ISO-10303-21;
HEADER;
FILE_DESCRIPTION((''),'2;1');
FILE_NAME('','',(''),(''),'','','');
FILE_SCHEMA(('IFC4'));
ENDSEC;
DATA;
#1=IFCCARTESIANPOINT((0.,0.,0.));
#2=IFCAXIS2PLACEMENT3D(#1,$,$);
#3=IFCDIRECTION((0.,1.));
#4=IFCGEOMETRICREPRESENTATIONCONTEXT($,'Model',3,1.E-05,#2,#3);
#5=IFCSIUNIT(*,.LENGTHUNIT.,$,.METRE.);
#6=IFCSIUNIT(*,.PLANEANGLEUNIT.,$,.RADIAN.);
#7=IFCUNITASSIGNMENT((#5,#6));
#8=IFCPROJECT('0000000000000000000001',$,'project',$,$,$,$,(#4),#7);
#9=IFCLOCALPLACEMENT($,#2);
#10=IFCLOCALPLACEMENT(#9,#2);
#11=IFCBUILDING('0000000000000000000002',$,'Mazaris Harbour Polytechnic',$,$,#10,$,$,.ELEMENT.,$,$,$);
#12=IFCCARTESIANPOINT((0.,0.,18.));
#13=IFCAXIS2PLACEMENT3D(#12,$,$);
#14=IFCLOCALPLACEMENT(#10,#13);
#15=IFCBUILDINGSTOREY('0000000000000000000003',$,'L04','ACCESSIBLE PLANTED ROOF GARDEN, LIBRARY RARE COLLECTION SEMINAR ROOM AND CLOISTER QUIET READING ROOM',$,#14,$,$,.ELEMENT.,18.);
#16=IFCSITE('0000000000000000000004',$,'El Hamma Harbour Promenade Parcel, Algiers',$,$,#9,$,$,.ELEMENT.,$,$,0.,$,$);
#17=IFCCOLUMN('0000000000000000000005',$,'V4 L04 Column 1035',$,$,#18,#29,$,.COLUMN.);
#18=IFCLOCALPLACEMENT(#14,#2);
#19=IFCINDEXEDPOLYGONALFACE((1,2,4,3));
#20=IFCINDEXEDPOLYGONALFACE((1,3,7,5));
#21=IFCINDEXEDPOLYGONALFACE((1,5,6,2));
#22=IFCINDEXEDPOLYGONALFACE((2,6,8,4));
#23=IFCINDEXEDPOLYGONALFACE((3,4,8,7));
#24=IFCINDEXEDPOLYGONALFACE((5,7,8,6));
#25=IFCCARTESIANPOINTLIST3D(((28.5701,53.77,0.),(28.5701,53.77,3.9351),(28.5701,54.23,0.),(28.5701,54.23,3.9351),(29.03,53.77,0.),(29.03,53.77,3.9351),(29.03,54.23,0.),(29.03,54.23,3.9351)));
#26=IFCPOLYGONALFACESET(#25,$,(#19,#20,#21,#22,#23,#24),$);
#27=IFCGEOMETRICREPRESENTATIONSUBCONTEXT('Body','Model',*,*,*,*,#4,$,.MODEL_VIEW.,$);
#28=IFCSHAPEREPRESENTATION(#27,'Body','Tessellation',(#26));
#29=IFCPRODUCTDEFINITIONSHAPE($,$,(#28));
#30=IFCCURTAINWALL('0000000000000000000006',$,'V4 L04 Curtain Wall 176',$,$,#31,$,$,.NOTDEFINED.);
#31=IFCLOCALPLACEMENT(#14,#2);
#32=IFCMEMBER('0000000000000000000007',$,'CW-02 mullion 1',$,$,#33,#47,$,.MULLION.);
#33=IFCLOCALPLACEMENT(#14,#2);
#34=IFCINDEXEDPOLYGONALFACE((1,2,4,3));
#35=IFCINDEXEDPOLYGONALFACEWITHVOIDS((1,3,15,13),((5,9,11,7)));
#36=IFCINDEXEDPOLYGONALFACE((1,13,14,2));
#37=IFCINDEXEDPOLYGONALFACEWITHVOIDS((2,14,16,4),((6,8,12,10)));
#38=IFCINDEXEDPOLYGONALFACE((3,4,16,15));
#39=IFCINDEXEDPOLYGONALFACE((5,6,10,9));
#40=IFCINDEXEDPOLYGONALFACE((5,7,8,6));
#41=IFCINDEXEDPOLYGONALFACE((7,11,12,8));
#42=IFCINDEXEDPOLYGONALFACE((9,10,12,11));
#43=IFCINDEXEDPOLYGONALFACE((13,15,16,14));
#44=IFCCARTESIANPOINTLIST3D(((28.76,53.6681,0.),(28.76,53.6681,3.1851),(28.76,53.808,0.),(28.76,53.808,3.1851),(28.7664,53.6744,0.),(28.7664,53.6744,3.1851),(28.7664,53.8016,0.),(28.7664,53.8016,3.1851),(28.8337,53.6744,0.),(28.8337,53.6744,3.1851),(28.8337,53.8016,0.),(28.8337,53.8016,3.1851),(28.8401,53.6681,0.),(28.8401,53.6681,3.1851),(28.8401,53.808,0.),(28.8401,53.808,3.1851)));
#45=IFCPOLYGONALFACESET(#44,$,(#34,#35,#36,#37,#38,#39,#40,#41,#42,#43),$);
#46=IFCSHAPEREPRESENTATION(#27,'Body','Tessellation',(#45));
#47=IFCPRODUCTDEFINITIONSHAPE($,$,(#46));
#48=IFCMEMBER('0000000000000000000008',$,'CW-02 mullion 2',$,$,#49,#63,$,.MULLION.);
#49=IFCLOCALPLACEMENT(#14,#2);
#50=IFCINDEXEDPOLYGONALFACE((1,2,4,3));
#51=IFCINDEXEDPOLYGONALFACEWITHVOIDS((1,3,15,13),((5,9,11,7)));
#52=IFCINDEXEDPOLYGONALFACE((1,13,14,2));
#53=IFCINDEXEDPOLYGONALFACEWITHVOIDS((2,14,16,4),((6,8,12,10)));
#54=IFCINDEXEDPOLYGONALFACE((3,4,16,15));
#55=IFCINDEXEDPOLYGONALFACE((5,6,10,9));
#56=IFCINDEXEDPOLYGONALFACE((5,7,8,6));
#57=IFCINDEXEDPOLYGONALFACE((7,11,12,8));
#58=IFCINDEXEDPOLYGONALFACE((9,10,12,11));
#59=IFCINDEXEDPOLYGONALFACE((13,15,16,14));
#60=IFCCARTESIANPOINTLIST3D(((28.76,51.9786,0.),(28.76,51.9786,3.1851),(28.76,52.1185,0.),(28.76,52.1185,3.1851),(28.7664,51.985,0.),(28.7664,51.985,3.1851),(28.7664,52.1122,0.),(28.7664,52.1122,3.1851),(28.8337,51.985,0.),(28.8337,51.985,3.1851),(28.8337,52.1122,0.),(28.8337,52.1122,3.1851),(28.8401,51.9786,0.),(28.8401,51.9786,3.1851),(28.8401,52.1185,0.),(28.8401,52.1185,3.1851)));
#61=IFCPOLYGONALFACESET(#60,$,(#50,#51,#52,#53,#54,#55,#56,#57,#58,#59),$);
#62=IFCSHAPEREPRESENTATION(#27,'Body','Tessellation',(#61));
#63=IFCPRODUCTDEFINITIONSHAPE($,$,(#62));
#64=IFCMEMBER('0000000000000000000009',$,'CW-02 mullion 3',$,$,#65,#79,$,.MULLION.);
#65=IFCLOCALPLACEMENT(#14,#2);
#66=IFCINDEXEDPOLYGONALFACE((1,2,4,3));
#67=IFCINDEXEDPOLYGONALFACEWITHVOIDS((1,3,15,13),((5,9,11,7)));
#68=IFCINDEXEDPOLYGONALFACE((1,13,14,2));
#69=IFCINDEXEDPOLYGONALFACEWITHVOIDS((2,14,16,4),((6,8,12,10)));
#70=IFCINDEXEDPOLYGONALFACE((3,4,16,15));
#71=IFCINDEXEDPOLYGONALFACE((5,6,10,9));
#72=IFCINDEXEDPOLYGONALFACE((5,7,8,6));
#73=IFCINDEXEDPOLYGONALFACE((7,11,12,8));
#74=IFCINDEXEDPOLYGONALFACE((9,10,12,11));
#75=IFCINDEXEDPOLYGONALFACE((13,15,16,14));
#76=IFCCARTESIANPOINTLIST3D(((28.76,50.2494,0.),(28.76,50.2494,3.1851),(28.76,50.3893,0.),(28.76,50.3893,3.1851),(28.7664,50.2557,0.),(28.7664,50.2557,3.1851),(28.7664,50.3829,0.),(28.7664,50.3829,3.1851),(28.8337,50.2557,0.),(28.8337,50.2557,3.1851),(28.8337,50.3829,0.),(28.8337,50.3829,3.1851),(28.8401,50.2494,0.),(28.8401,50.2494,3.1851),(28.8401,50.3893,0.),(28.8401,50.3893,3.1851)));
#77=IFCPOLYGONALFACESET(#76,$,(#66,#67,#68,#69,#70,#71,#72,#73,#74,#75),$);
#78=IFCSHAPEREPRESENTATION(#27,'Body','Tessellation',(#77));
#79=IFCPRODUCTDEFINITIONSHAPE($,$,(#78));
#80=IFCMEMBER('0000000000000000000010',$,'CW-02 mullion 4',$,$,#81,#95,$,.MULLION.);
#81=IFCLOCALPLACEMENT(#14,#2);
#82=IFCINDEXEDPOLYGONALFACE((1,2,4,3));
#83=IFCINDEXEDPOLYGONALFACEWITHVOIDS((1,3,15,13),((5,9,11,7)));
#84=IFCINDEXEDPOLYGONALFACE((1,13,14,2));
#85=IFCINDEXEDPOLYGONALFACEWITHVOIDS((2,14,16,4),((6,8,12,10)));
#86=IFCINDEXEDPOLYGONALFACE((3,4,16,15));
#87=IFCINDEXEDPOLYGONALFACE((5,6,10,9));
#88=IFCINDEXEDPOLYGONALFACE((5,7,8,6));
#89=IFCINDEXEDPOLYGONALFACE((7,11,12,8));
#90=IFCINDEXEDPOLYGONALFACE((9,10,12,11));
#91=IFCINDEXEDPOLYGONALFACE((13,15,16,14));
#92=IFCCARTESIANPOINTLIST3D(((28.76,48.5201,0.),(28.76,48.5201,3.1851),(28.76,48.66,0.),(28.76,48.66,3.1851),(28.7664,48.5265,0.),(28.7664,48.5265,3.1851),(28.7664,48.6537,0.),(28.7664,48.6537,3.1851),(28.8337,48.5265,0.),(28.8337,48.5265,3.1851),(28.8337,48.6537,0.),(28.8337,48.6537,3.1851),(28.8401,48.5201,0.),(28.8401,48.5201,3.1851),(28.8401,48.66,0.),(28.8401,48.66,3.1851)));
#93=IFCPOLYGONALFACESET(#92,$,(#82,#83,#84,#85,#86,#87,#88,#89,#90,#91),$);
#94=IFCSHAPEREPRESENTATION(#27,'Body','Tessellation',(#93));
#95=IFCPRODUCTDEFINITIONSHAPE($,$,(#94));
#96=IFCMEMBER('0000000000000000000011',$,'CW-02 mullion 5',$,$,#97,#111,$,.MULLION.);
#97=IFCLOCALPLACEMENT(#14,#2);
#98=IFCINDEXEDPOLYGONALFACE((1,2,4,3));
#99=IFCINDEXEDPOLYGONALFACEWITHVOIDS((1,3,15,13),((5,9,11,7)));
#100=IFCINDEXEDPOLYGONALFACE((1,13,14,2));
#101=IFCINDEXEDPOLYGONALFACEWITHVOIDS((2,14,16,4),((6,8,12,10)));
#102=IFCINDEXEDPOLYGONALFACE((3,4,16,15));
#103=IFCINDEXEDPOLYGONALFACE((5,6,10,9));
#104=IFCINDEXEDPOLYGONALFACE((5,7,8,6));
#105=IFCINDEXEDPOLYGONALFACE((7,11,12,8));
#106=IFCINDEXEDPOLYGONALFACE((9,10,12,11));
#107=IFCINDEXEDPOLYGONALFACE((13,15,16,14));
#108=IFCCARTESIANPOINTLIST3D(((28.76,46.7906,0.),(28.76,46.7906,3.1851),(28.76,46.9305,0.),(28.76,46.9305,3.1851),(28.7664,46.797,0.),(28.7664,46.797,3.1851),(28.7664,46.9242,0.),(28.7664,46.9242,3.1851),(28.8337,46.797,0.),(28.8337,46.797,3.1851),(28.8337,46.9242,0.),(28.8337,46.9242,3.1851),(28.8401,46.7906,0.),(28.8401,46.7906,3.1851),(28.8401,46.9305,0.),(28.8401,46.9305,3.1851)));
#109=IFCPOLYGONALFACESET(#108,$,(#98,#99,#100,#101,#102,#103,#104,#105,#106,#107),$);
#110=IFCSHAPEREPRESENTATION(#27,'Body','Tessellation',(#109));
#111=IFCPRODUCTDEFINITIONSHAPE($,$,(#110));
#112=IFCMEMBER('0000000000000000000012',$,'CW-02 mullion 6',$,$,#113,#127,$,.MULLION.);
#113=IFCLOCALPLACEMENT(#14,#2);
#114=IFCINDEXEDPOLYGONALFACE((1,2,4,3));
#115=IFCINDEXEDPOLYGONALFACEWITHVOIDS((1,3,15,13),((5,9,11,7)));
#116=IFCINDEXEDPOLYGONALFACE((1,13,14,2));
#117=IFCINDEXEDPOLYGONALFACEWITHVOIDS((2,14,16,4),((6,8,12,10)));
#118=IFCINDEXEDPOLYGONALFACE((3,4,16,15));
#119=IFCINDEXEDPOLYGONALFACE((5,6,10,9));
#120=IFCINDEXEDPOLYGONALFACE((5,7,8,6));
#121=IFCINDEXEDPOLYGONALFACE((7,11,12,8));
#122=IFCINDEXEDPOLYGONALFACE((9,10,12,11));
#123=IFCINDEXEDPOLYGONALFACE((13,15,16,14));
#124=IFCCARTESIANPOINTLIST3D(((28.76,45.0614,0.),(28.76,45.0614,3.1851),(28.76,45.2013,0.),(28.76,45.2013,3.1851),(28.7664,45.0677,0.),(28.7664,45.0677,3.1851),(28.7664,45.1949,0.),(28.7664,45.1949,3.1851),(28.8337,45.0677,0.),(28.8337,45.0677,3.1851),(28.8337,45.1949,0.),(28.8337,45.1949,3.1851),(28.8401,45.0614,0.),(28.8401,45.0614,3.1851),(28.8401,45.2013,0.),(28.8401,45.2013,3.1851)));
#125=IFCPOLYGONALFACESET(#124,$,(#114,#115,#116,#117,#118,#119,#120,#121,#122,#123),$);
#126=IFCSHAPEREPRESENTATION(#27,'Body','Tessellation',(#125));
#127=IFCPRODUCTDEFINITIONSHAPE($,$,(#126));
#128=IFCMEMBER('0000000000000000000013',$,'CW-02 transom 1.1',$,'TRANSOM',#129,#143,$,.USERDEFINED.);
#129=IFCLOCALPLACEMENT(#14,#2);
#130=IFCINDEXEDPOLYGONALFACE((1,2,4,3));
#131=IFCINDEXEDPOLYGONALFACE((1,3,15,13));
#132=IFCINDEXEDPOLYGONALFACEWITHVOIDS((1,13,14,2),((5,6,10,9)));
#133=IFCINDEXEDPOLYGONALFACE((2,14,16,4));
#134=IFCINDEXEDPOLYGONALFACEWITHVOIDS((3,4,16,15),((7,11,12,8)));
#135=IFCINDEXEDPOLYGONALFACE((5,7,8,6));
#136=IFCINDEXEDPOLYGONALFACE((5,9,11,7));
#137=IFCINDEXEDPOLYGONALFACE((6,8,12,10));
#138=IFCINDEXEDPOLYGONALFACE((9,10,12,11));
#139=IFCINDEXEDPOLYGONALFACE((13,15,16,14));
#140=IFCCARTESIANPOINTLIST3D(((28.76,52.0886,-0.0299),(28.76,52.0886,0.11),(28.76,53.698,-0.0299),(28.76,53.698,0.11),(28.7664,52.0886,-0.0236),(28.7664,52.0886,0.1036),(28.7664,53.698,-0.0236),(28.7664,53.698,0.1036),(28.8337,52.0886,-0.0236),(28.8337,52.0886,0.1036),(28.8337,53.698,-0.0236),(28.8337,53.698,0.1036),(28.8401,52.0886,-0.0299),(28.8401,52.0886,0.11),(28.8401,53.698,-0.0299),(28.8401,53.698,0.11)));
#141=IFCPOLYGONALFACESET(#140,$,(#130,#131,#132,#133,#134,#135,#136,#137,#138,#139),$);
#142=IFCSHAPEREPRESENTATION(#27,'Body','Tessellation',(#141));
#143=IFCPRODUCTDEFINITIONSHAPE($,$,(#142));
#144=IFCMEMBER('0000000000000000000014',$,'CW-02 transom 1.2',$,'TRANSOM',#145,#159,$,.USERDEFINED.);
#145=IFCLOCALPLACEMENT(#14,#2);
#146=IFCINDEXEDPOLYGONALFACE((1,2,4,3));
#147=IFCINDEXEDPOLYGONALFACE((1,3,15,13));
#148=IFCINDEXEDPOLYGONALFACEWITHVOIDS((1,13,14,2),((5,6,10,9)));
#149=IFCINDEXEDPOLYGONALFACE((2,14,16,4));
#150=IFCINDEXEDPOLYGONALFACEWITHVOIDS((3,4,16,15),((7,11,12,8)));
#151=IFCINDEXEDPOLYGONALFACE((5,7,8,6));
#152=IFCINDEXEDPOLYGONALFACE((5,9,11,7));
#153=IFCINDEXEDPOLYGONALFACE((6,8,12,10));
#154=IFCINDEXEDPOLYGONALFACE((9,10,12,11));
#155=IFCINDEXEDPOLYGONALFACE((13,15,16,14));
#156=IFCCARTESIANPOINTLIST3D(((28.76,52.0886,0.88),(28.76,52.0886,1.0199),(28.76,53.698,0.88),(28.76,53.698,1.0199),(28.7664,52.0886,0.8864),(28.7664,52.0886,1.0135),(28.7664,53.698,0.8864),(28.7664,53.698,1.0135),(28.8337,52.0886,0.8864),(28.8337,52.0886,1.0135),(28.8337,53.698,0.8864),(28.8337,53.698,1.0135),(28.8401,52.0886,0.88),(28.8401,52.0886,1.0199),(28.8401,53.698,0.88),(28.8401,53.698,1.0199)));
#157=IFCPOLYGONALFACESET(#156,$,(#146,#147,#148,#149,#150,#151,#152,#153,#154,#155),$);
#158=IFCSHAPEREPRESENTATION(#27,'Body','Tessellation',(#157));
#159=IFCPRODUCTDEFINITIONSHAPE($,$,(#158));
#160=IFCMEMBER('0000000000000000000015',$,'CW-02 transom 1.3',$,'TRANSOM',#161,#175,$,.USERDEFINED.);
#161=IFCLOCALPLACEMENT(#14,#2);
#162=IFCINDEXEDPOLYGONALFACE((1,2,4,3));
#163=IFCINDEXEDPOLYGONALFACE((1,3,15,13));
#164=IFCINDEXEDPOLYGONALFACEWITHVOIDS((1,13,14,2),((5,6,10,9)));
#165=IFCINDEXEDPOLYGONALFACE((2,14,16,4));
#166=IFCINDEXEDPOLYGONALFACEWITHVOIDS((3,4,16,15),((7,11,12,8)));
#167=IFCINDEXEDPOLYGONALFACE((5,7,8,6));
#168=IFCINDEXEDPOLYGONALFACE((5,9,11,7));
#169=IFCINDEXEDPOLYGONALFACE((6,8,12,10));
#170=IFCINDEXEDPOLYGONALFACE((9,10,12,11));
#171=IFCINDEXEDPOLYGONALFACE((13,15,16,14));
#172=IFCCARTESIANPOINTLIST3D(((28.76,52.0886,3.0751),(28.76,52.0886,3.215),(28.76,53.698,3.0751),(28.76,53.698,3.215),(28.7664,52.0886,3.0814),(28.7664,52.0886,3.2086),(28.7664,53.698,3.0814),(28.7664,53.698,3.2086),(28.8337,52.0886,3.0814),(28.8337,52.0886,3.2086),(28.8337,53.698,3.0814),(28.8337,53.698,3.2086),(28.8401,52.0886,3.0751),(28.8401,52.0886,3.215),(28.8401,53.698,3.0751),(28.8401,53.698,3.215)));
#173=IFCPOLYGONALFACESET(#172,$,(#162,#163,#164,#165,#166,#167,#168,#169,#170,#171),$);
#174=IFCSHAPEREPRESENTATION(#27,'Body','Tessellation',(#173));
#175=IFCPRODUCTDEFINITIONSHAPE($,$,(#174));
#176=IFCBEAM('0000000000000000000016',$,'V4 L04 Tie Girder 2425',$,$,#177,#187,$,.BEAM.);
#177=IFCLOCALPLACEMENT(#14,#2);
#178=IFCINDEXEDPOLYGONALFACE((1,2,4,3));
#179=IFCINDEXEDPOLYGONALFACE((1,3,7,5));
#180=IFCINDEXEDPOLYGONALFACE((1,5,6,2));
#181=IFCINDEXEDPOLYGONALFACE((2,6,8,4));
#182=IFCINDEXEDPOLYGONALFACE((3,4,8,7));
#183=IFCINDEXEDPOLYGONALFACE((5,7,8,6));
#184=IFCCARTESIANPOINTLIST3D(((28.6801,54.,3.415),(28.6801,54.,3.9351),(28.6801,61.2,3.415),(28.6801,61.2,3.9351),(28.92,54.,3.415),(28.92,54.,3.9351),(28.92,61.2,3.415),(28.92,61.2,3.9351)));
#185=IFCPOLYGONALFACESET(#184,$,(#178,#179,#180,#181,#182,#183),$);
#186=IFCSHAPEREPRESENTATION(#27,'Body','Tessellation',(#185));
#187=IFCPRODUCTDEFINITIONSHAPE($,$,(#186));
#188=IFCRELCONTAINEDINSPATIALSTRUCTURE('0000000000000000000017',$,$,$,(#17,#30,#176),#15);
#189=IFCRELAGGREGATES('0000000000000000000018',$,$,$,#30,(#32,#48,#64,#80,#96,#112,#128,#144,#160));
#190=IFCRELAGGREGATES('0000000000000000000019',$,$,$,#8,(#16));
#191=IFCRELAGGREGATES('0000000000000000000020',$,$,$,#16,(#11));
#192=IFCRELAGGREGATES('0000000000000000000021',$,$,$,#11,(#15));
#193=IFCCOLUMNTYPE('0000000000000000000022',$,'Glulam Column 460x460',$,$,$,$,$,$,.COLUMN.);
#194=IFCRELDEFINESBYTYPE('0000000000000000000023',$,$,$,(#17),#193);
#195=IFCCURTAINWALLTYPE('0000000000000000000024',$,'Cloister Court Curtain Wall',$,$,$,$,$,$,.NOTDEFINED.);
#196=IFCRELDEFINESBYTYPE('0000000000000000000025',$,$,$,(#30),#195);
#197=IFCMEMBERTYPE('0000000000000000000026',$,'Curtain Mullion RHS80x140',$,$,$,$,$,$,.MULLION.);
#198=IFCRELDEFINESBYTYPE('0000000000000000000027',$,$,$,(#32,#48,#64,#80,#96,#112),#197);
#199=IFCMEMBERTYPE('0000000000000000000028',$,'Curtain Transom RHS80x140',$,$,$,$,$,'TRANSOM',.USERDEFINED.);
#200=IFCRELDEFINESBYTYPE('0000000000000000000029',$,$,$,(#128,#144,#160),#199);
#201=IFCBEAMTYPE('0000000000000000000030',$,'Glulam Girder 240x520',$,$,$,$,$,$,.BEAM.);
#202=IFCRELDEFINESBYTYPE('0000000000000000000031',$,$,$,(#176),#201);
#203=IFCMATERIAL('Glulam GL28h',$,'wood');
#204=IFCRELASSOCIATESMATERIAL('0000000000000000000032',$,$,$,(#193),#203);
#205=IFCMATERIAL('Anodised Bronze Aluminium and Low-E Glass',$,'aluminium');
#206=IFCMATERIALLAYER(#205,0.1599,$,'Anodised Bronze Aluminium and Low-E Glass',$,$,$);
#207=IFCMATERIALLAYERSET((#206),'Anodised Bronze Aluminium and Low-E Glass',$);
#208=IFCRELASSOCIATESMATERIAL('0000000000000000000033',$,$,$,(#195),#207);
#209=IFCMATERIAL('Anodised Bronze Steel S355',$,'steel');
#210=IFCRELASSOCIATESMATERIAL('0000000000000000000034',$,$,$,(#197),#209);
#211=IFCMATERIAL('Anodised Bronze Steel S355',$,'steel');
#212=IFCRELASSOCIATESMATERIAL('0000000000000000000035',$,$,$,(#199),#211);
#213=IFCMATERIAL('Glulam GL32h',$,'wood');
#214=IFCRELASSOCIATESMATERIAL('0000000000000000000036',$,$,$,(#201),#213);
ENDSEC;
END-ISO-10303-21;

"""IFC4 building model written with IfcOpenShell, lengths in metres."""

from ifc_helpers import new_model, si_unit, direction, frame, origin, origin_2d, place, context, subcontext, project, spatial, rectangle, hollow_rectangle, extrude, material, layer, layer_set, material_profile, profile_set, type_object, element, aggregate, save


model = new_model("IFC4")

# Units and contexts
model_context = context("Model", 3, precision=1e-05, world=origin(), true_north=direction((0.0, 1.0)))
body_context = subcontext(model_context, "Body", "Model", "MODEL_VIEW")
ifc_project = project(units=[si_unit("LENGTHUNIT", "METRE"), si_unit("PLANEANGLEUNIT", "RADIAN")], contexts=[model_context])

# Site, building, storey
site_placement = place(None, origin())
site = spatial("IfcSite", under=ifc_project, at=site_placement, Name="El Hamma Harbour Promenade Parcel, Algiers", CompositionType="ELEMENT", RefElevation=0.0)
building_placement = place(site_placement, origin())
building = spatial("IfcBuilding", under=site, at=building_placement, Name="Mazaris Harbour Polytechnic", CompositionType="ELEMENT")
storey_placement = place(building_placement, frame((0.0, 0.0, 18.0)))
storey = spatial("IfcBuildingStorey", under=building, at=storey_placement, Name="L04", Description="ACCESSIBLE PLANTED ROOF GARDEN, LIBRARY RARE COLLECTION SEMINAR ROOM AND CLOISTER QUIET READING ROOM", CompositionType="ELEMENT", Elevation=18.0)

# Column
ifc_material_1 = material(Name="Glulam GL28h", Category="wood")
ifc_material_profile_1 = material_profile(ifc_material_1, rectangle(XDim=0.46, YDim=0.46, at=origin_2d()), Name="RECT460x460")
ifc_profile_set_1 = profile_set([ifc_material_profile_1], Name="Glulam GL28h")
column_type = type_object("IfcColumnType", Name="Glulam Column 460x460", PredefinedType="COLUMN", material=ifc_profile_set_1)
column_placement = place(storey_placement, frame((28.8, 54.0, 0.0), z_axis=(0.0, 0.0, 1.0), x_axis=(1.0, 0.0, 0.0)))
element("IfcColumn", 1, at=column_placement, inside=storey, type_object=column_type, Name="V4 L04 Column 1035", PredefinedType="COLUMN", context=body_context, shape_type="SweptSolid", body=[
    extrude(rectangle(XDim=0.46, YDim=0.46, at=origin_2d()), origin(), (0.0, 0.0, 1.0), 3.9351),
])

# Curtain wall, members
ifc_material_2 = material(Name="Anodised Bronze Aluminium and Low-E Glass", Category="aluminium")
ifc_layer = layer(ifc_material_2, 0.1599, Name="Anodised Bronze Aluminium and Low-E Glass")
ifc_layer_set = layer_set([ifc_layer], Name="Anodised Bronze Aluminium and Low-E Glass")
curtain_wall_type = type_object("IfcCurtainWallType", Name="Cloister Court Curtain Wall", PredefinedType="NOTDEFINED", material=ifc_layer_set)
curtain_wall_placement = place(storey_placement, origin())
curtain_wall = element("IfcCurtainWall", 2, at=curtain_wall_placement, inside=storey, type_object=curtain_wall_type, Name="V4 L04 Curtain Wall 176", PredefinedType="NOTDEFINED")
ifc_material_3 = material(Name="Anodised Bronze Steel S355", Category="steel")
ifc_material_profile_2 = material_profile(ifc_material_3, hollow_rectangle(XDim=0.0801, YDim=0.1399, WallThickness=0.0063, at=origin_2d()), Name="RHS 80x140x6.3")
ifc_profile_set_2 = profile_set([ifc_material_profile_2], Name="Anodised Bronze Steel S355")
member_type_1 = type_object("IfcMemberType", Name="Curtain Mullion RHS80x140", PredefinedType="MULLION", material=ifc_profile_set_2)
member_1_placement = place(storey_placement, frame((28.8, 53.738, 0.0), z_axis=(0.0, 0.0, 1.0), x_axis=(1.0, 0.0, 0.0)))
member_1 = element("IfcMember", 3, at=member_1_placement, type_object=member_type_1, Name="CW-02 mullion 1", PredefinedType="MULLION", context=body_context, shape_type="SweptSolid", body=[
    extrude(hollow_rectangle(XDim=0.0801, YDim=0.1399, WallThickness=0.0063, at=origin_2d()), origin(), (0.0, 0.0, 1.0), 3.1851),
])
member_2_placement = place(storey_placement, frame((28.8, 52.0486, 0.0), z_axis=(0.0, 0.0, 1.0), x_axis=(1.0, 0.0, 0.0)))
member_2 = element("IfcMember", 4, at=member_2_placement, type_object=member_type_1, Name="CW-02 mullion 2", PredefinedType="MULLION", context=body_context, shape_type="SweptSolid", body=[
    extrude(hollow_rectangle(XDim=0.0801, YDim=0.1399, WallThickness=0.0063, at=origin_2d()), origin(), (0.0, 0.0, 1.0), 3.1851),
])
member_3_placement = place(storey_placement, frame((28.8, 50.3193, 0.0), z_axis=(0.0, 0.0, 1.0), x_axis=(1.0, 0.0, 0.0)))
member_3 = element("IfcMember", 5, at=member_3_placement, type_object=member_type_1, Name="CW-02 mullion 3", PredefinedType="MULLION", context=body_context, shape_type="SweptSolid", body=[
    extrude(hollow_rectangle(XDim=0.0801, YDim=0.1399, WallThickness=0.0063, at=origin_2d()), origin(), (0.0, 0.0, 1.0), 3.1851),
])
member_4_placement = place(storey_placement, frame((28.8, 48.5901, 0.0), z_axis=(0.0, 0.0, 1.0), x_axis=(1.0, 0.0, 0.0)))
member_4 = element("IfcMember", 6, at=member_4_placement, type_object=member_type_1, Name="CW-02 mullion 4", PredefinedType="MULLION", context=body_context, shape_type="SweptSolid", body=[
    extrude(hollow_rectangle(XDim=0.0801, YDim=0.1399, WallThickness=0.0063, at=origin_2d()), origin(), (0.0, 0.0, 1.0), 3.1851),
])
member_5_placement = place(storey_placement, frame((28.8, 46.8606, 0.0), z_axis=(0.0, 0.0, 1.0), x_axis=(1.0, 0.0, 0.0)))
member_5 = element("IfcMember", 7, at=member_5_placement, type_object=member_type_1, Name="CW-02 mullion 5", PredefinedType="MULLION", context=body_context, shape_type="SweptSolid", body=[
    extrude(hollow_rectangle(XDim=0.0801, YDim=0.1399, WallThickness=0.0063, at=origin_2d()), origin(), (0.0, 0.0, 1.0), 3.1851),
])
member_6_placement = place(storey_placement, frame((28.8, 45.1313, 0.0), z_axis=(0.0, 0.0, 1.0), x_axis=(1.0, 0.0, 0.0)))
member_6 = element("IfcMember", 8, at=member_6_placement, type_object=member_type_1, Name="CW-02 mullion 6", PredefinedType="MULLION", context=body_context, shape_type="SweptSolid", body=[
    extrude(hollow_rectangle(XDim=0.0801, YDim=0.1399, WallThickness=0.0063, at=origin_2d()), origin(), (0.0, 0.0, 1.0), 3.1851),
])
ifc_material_4 = material(Name="Anodised Bronze Steel S355", Category="steel")
ifc_material_profile_3 = material_profile(ifc_material_4, hollow_rectangle(XDim=0.0801, YDim=0.1399, WallThickness=0.0063, at=origin_2d()), Name="RHS 80x140x6.3")
ifc_profile_set_3 = profile_set([ifc_material_profile_3], Name="Anodised Bronze Steel S355")
member_type_2 = type_object("IfcMemberType", Name="Curtain Transom RHS80x140", ElementType="TRANSOM", PredefinedType="USERDEFINED", material=ifc_profile_set_3)
member_7_placement = place(storey_placement, frame((28.8, 53.698, 0.04), z_axis=(0.0, -1.0, 0.0), x_axis=(1.0, 0.0, 0.0)))
member_7 = element("IfcMember", 9, at=member_7_placement, type_object=member_type_2, Name="CW-02 transom 1.1", ObjectType="TRANSOM", PredefinedType="USERDEFINED", context=body_context, shape_type="SweptSolid", body=[
    extrude(hollow_rectangle(XDim=0.0801, YDim=0.1399, WallThickness=0.0063, at=origin_2d()), origin(), (0.0, 0.0, 1.0), 1.6094),
])
member_8_placement = place(storey_placement, frame((28.8, 53.698, 0.95), z_axis=(0.0, -1.0, 0.0), x_axis=(1.0, 0.0, 0.0)))
member_8 = element("IfcMember", 10, at=member_8_placement, type_object=member_type_2, Name="CW-02 transom 1.2", ObjectType="TRANSOM", PredefinedType="USERDEFINED", context=body_context, shape_type="SweptSolid", body=[
    extrude(hollow_rectangle(XDim=0.0801, YDim=0.1399, WallThickness=0.0063, at=origin_2d()), origin(), (0.0, 0.0, 1.0), 1.6094),
])
member_9_placement = place(storey_placement, frame((28.8, 53.698, 3.145), z_axis=(0.0, -1.0, 0.0), x_axis=(1.0, 0.0, 0.0)))
member_9 = element("IfcMember", 11, at=member_9_placement, type_object=member_type_2, Name="CW-02 transom 1.3", ObjectType="TRANSOM", PredefinedType="USERDEFINED", context=body_context, shape_type="SweptSolid", body=[
    extrude(hollow_rectangle(XDim=0.0801, YDim=0.1399, WallThickness=0.0063, at=origin_2d()), origin(), (0.0, 0.0, 1.0), 1.6094),
])
aggregate(curtain_wall, [member_1, member_2, member_3, member_4, member_5, member_6, member_7, member_8, member_9])

# Beam
ifc_material_5 = material(Name="Glulam GL32h", Category="wood")
ifc_material_profile_4 = material_profile(ifc_material_5, rectangle(XDim=0.24, YDim=0.52, at=origin_2d()), Name="RECT240x520")
ifc_profile_set_4 = profile_set([ifc_material_profile_4], Name="Glulam GL32h")
beam_type_1 = type_object("IfcBeamType", Name="Glulam Girder 240x520", PredefinedType="BEAM", material=ifc_profile_set_4)
beam_1_placement = place(storey_placement, frame((28.8, 54.0, 3.675), z_axis=(0.0, 1.0, 0.0), x_axis=(-1.0, 0.0, 0.0)))
element("IfcBeam", 12, at=beam_1_placement, inside=storey, type_object=beam_type_1, Name="V4 L04 Tie Girder 2425", PredefinedType="BEAM", context=body_context, shape_type="SweptSolid", body=[
    extrude(rectangle(XDim=0.24, YDim=0.52, at=origin_2d()), origin(), (0.0, 0.0, 1.0), 7.2),
])

save(model, "model.ifc")
